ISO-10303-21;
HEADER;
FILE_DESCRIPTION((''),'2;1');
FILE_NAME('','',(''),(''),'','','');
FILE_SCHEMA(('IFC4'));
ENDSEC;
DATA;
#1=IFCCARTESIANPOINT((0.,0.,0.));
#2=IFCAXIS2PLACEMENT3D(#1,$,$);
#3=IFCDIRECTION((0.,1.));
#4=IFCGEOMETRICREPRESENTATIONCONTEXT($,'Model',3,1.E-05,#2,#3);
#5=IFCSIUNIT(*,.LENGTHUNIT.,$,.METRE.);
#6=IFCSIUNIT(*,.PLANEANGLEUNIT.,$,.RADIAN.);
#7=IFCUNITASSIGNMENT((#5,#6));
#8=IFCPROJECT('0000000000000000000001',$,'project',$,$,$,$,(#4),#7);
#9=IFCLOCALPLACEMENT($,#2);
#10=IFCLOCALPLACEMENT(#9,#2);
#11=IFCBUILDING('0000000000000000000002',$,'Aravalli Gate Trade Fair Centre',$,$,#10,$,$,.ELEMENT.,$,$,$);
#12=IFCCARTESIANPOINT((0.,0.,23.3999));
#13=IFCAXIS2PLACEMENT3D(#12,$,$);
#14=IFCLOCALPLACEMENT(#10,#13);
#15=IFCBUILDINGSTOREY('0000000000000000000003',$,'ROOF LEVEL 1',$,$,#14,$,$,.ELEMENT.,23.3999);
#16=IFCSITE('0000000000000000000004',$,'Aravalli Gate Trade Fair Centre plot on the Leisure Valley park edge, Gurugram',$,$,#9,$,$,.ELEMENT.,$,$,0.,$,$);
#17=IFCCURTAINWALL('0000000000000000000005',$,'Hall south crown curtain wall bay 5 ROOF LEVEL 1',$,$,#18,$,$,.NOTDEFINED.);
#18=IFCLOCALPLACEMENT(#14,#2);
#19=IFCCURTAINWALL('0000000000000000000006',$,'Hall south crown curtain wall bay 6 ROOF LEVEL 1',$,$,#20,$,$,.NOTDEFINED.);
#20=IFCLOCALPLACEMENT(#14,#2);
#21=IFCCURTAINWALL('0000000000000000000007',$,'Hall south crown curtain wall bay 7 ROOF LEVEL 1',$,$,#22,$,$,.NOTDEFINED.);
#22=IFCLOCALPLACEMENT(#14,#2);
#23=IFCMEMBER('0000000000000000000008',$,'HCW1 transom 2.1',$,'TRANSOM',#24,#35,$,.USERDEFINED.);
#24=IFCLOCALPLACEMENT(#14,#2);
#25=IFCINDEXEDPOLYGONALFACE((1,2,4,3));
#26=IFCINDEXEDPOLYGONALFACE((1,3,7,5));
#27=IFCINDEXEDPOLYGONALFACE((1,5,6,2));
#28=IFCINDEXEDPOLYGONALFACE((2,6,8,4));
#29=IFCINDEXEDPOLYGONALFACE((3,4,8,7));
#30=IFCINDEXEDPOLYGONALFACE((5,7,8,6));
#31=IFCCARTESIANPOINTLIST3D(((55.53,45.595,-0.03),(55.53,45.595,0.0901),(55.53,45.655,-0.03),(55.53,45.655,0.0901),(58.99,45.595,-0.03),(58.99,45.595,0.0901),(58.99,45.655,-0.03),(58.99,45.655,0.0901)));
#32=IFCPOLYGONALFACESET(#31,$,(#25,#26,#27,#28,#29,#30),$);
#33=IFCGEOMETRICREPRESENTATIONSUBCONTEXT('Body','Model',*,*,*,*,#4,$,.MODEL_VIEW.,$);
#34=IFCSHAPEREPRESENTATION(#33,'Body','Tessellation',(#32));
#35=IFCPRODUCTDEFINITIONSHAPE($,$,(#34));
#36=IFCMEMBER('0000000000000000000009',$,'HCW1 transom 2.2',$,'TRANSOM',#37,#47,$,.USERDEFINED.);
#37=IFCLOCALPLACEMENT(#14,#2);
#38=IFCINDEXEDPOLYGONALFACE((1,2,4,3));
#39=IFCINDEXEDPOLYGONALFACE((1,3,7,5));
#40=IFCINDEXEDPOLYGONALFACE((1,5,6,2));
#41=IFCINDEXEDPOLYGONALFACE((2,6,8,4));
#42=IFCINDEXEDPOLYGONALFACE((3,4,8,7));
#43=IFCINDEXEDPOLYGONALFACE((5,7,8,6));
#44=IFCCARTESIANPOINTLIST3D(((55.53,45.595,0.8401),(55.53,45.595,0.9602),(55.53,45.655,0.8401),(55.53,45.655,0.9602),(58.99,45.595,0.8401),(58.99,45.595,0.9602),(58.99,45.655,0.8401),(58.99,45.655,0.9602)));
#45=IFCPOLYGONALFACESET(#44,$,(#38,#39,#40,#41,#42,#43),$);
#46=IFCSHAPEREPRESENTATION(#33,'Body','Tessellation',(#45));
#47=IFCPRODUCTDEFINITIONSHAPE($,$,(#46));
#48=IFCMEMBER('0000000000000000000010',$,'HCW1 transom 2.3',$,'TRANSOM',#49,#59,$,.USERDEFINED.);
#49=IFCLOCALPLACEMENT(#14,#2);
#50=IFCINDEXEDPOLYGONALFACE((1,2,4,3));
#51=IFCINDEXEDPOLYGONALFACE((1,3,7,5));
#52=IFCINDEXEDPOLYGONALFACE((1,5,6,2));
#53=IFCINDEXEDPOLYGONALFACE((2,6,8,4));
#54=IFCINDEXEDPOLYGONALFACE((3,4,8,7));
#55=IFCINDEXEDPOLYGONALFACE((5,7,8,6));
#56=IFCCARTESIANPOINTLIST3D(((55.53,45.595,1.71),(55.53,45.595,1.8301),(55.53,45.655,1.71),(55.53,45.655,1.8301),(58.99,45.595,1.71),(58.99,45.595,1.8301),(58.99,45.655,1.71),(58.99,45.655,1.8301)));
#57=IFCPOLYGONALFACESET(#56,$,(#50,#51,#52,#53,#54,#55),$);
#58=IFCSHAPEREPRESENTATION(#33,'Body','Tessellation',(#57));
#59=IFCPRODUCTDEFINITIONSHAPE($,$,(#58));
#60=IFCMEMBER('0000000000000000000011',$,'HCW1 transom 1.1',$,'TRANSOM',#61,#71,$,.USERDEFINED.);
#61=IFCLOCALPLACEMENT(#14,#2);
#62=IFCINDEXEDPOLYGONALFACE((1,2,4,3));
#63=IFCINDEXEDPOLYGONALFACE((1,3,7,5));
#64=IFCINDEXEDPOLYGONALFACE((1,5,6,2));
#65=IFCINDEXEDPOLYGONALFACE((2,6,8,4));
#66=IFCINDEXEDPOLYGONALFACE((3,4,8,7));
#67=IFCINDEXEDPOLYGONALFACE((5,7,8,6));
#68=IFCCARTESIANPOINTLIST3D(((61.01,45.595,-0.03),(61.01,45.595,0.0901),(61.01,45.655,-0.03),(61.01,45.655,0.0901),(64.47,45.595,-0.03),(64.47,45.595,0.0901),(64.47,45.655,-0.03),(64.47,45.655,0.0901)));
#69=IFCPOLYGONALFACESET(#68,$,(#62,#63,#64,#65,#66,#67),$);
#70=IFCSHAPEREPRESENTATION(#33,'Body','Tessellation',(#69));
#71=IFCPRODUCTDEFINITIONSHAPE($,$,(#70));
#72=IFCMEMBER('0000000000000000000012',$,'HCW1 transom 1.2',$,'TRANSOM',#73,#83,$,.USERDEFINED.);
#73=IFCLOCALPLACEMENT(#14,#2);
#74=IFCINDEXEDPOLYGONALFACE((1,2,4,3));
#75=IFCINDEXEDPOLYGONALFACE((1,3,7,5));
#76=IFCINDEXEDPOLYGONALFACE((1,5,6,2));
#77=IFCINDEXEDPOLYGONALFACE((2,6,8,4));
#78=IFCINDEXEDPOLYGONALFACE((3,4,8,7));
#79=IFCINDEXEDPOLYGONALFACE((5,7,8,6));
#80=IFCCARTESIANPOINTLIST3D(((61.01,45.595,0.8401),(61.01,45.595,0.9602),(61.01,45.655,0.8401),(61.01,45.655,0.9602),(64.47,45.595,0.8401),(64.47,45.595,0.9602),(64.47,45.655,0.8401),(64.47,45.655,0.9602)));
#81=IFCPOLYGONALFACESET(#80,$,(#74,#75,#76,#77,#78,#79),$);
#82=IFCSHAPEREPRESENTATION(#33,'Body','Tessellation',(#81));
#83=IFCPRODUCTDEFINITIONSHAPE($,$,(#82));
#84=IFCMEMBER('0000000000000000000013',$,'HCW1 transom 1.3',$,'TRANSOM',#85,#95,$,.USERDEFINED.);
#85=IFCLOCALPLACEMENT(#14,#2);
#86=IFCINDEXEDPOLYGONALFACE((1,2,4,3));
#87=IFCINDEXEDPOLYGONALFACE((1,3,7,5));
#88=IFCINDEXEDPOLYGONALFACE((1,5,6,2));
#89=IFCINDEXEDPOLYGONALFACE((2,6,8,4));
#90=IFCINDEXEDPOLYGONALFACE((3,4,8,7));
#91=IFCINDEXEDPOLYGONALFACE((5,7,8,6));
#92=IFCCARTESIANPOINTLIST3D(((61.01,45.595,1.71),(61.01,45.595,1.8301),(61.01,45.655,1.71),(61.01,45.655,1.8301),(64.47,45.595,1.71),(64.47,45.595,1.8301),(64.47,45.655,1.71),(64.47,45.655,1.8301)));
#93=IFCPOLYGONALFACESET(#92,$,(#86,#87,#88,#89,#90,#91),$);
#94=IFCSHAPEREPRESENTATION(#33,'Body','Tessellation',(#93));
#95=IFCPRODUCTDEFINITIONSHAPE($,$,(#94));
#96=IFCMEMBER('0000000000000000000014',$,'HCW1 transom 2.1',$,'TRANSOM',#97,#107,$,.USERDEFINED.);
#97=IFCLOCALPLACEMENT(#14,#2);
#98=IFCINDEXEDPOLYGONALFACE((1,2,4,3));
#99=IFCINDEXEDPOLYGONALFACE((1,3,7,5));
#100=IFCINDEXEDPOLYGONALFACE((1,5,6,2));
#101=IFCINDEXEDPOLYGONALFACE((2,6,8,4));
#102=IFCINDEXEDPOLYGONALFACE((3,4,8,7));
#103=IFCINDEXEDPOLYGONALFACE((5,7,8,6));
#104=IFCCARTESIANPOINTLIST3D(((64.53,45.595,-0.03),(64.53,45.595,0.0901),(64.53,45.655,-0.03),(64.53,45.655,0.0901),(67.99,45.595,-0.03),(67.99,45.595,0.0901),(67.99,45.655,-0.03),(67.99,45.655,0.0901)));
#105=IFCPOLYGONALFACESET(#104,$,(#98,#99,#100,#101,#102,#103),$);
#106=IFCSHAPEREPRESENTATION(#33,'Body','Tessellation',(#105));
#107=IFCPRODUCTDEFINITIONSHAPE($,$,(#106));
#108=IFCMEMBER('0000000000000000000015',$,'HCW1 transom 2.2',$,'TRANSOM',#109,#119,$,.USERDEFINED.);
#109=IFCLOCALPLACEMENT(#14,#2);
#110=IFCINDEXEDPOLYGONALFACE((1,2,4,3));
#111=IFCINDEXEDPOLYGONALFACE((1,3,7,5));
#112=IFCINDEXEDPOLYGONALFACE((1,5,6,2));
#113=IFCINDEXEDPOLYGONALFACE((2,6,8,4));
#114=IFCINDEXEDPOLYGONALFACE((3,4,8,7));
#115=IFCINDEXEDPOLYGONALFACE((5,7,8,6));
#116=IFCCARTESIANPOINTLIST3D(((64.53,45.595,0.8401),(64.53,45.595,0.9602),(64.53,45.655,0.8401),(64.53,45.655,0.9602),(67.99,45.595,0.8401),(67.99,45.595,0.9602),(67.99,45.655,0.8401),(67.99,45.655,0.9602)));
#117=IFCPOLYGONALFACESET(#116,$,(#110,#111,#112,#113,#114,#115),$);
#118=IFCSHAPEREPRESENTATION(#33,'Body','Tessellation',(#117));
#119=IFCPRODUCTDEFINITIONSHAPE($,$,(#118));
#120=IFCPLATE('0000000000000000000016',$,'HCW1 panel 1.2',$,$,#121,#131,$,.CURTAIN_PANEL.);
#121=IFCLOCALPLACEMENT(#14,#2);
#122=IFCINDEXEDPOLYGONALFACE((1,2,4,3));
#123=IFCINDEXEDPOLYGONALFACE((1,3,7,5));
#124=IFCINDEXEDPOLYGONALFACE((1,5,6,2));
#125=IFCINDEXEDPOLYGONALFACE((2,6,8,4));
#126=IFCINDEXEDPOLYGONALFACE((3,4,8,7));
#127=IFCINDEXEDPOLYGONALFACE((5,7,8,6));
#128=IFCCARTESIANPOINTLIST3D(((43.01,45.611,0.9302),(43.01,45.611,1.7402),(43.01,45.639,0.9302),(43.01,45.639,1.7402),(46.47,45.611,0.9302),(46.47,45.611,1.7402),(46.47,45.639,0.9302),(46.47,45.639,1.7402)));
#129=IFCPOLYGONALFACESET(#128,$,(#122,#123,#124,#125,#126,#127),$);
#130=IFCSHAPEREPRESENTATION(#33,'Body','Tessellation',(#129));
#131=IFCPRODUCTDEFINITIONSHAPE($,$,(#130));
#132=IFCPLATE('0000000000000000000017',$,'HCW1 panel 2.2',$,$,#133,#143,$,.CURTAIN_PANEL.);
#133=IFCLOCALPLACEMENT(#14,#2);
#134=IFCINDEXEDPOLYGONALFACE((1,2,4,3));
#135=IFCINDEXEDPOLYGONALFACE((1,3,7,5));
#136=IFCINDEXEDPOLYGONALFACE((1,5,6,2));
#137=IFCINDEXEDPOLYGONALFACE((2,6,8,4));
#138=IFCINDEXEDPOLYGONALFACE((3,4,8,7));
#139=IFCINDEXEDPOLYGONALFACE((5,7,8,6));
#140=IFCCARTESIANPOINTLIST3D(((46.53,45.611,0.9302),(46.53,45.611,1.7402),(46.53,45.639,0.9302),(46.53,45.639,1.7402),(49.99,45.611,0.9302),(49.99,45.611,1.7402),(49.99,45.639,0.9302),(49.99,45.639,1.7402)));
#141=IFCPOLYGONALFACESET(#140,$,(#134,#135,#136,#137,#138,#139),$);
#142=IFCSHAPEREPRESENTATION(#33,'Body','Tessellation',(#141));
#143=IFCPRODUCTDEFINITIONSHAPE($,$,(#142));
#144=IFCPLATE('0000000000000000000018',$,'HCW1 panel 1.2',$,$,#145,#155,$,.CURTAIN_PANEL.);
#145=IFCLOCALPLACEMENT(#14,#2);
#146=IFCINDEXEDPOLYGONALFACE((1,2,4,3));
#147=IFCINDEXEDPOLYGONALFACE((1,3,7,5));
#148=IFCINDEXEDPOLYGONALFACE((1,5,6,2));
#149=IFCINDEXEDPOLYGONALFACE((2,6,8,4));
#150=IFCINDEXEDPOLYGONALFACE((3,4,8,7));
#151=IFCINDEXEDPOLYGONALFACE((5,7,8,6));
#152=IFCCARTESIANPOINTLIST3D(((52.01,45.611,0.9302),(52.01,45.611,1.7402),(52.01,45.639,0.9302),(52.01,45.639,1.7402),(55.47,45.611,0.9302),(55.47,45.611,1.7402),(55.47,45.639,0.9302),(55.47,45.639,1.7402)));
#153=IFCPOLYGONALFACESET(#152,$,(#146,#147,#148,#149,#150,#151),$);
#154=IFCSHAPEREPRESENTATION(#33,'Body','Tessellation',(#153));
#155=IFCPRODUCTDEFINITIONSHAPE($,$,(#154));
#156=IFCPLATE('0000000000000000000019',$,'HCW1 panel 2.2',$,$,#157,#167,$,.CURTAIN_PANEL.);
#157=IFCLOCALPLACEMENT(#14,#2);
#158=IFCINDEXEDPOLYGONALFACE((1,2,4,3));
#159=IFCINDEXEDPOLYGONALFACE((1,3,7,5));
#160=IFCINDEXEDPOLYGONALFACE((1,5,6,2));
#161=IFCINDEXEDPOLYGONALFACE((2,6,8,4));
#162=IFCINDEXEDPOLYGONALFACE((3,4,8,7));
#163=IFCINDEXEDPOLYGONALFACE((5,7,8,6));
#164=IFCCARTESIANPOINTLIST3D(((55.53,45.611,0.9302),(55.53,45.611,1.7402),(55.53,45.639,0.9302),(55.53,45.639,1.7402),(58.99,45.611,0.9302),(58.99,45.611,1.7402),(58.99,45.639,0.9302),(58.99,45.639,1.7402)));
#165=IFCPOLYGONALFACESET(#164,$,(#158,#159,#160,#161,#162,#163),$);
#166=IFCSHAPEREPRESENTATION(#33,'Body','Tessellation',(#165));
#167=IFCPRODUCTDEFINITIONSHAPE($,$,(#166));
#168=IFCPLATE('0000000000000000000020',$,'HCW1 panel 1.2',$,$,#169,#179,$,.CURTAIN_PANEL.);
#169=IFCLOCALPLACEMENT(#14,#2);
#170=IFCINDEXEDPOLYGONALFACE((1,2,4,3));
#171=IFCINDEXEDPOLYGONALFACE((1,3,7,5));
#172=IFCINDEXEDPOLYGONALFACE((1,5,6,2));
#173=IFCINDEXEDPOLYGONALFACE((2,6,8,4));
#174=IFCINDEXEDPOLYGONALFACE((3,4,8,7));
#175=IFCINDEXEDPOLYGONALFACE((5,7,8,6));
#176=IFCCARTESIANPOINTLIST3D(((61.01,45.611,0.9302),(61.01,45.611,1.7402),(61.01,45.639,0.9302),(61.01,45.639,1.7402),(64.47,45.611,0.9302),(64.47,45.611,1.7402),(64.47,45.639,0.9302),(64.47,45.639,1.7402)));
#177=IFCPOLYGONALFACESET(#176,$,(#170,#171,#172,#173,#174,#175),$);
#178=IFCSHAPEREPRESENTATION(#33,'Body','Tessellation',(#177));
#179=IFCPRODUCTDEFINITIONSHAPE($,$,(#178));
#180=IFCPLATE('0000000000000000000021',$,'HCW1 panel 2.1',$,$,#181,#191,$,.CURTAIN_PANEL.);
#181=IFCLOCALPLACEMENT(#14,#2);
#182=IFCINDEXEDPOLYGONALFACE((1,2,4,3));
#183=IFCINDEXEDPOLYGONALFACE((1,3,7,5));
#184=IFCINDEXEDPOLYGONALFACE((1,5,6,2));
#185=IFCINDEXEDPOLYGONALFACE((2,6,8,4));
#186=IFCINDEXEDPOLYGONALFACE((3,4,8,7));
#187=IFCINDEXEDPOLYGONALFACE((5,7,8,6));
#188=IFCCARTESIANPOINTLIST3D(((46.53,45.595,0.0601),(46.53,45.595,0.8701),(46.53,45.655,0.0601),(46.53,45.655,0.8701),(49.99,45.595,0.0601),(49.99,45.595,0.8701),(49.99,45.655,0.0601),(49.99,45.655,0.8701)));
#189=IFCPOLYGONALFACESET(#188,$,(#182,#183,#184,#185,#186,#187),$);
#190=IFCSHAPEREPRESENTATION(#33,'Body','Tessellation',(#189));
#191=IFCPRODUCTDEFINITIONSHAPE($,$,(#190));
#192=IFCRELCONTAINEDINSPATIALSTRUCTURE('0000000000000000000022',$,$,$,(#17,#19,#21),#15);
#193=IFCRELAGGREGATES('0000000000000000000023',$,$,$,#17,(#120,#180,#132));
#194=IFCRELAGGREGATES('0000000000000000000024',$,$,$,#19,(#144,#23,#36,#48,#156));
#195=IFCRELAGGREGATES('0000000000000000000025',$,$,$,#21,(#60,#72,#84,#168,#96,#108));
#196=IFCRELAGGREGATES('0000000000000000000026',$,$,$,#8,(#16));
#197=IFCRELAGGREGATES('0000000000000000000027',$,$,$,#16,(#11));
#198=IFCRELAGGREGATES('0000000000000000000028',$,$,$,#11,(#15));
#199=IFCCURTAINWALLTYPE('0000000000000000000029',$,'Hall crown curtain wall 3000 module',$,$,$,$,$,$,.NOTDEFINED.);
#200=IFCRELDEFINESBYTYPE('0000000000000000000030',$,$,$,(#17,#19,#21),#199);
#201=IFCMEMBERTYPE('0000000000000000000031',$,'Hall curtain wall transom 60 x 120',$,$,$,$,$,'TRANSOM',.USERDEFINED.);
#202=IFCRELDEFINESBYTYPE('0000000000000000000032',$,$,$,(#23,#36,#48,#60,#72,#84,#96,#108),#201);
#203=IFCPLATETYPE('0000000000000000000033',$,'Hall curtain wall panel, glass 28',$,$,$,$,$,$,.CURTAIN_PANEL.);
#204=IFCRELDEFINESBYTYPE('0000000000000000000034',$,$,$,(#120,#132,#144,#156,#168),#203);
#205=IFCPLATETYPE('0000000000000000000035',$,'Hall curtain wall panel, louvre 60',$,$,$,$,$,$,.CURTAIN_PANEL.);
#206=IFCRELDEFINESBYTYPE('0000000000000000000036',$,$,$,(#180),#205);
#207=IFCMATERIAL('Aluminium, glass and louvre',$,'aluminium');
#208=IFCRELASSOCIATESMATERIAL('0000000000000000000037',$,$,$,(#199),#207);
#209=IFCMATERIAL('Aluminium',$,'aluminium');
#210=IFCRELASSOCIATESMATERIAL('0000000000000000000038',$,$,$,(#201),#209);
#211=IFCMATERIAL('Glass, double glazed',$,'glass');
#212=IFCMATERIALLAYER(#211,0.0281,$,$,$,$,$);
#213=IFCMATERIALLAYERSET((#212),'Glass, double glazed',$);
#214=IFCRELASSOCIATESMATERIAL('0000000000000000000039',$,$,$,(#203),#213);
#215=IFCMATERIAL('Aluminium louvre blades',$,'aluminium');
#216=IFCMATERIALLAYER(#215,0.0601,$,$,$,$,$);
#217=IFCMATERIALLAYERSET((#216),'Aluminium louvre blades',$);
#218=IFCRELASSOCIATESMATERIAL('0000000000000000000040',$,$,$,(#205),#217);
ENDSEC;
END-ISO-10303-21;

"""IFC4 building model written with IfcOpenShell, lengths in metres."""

from ifc_helpers import new_model, si_unit, direction, frame, origin, origin_2d, place, context, subcontext, project, spatial, rectangle, extrude, material, layer, layer_set, material_profile, profile_set, type_object, element, aggregate, save


model = new_model("IFC4")

# Units and contexts
model_context = context("Model", 3, precision=1e-05, world=origin(), true_north=direction((0.0, 1.0)))
body_context = subcontext(model_context, "Body", "Model", "MODEL_VIEW")
ifc_project = project(units=[si_unit("LENGTHUNIT", "METRE"), si_unit("PLANEANGLEUNIT", "RADIAN")], contexts=[model_context])

# Site, building, storey
site_placement = place(None, origin())
site = spatial("IfcSite", under=ifc_project, at=site_placement, Name="Aravalli Gate Trade Fair Centre plot on the Leisure Valley park edge, Gurugram", CompositionType="ELEMENT", RefElevation=0.0)
building_placement = place(site_placement, origin())
building = spatial("IfcBuilding", under=site, at=building_placement, Name="Aravalli Gate Trade Fair Centre", CompositionType="ELEMENT")
storey_placement = place(building_placement, frame((0.0, 0.0, 23.3999)))
storey = spatial("IfcBuildingStorey", under=building, at=storey_placement, Name="ROOF LEVEL 1", CompositionType="ELEMENT", Elevation=23.3999)

# Curtain walls
ifc_material_1 = material(Name="Aluminium, glass and louvre", Category="aluminium")
curtain_wall_type = type_object("IfcCurtainWallType", Name="Hall crown curtain wall 3000 module", PredefinedType="NOTDEFINED", material=ifc_material_1)
curtain_wall_1_placement = place(storey_placement, origin())
curtain_wall_1 = element("IfcCurtainWall", 1, at=curtain_wall_1_placement, inside=storey, type_object=curtain_wall_type, Name="Hall south crown curtain wall bay 5 ROOF LEVEL 1", PredefinedType="NOTDEFINED")
ifc_material_2 = material(Name="Aluminium", Category="aluminium")
curtain_wall_2_placement = place(storey_placement, origin())
curtain_wall_2 = element("IfcCurtainWall", 2, at=curtain_wall_2_placement, inside=storey, type_object=curtain_wall_type, Name="Hall south crown curtain wall bay 6 ROOF LEVEL 1", PredefinedType="NOTDEFINED")
curtain_wall_3_placement = place(storey_placement, origin())
curtain_wall_3 = element("IfcCurtainWall", 3, at=curtain_wall_3_placement, inside=storey, type_object=curtain_wall_type, Name="Hall south crown curtain wall bay 7 ROOF LEVEL 1", PredefinedType="NOTDEFINED")

# Members
ifc_material_profile_1 = material_profile(ifc_material_2, rectangle(XDim=0.0601, YDim=0.1201, at=origin_2d()), Name="Hall curtain wall transom 60 x 120")
ifc_profile_set_1 = profile_set([ifc_material_profile_1], Name="Aluminium")
member_type_1 = type_object("IfcMemberType", Name="Hall curtain wall transom 60 x 120", ElementType="TRANSOM", PredefinedType="USERDEFINED", material=ifc_profile_set_1)
member_1_placement = place(storey_placement, frame((55.53, 45.625, 0.03), z_axis=(1.0, 0.0, 0.0), x_axis=(0.0, 1.0, 0.0)))
member_1 = element("IfcMember", 4, at=member_1_placement, type_object=member_type_1, Name="HCW1 transom 2.1", ObjectType="TRANSOM", PredefinedType="USERDEFINED", context=body_context, shape_type="SweptSolid", body=[
    extrude(rectangle(XDim=0.0601, YDim=0.1201, at=origin_2d()), origin(), (0.0, 0.0, 1.0), 3.46),
])
member_2_placement = place(storey_placement, frame((55.53, 45.625, 0.9001), z_axis=(1.0, 0.0, 0.0), x_axis=(0.0, 1.0, 0.0)))
member_2 = element("IfcMember", 5, at=member_2_placement, type_object=member_type_1, Name="HCW1 transom 2.2", ObjectType="TRANSOM", PredefinedType="USERDEFINED", context=body_context, shape_type="SweptSolid", body=[
    extrude(rectangle(XDim=0.0601, YDim=0.1201, at=origin_2d()), origin(), (0.0, 0.0, 1.0), 3.46),
])
member_3_placement = place(storey_placement, frame((55.53, 45.625, 1.77), z_axis=(1.0, 0.0, 0.0), x_axis=(0.0, 1.0, 0.0)))
member_3 = element("IfcMember", 6, at=member_3_placement, type_object=member_type_1, Name="HCW1 transom 2.3", ObjectType="TRANSOM", PredefinedType="USERDEFINED", context=body_context, shape_type="SweptSolid", body=[
    extrude(rectangle(XDim=0.0601, YDim=0.1201, at=origin_2d()), origin(), (0.0, 0.0, 1.0), 3.46),
])
member_4_placement = place(storey_placement, frame((61.01, 45.625, 0.03), z_axis=(1.0, 0.0, 0.0), x_axis=(0.0, 1.0, 0.0)))
member_4 = element("IfcMember", 7, at=member_4_placement, type_object=member_type_1, Name="HCW1 transom 1.1", ObjectType="TRANSOM", PredefinedType="USERDEFINED", context=body_context, shape_type="SweptSolid", body=[
    extrude(rectangle(XDim=0.0601, YDim=0.1201, at=origin_2d()), origin(), (0.0, 0.0, 1.0), 3.46),
])
member_5_placement = place(storey_placement, frame((61.01, 45.625, 0.9001), z_axis=(1.0, 0.0, 0.0), x_axis=(0.0, 1.0, 0.0)))
member_5 = element("IfcMember", 8, at=member_5_placement, type_object=member_type_1, Name="HCW1 transom 1.2", ObjectType="TRANSOM", PredefinedType="USERDEFINED", context=body_context, shape_type="SweptSolid", body=[
    extrude(rectangle(XDim=0.0601, YDim=0.1201, at=origin_2d()), origin(), (0.0, 0.0, 1.0), 3.46),
])
member_6_placement = place(storey_placement, frame((61.01, 45.625, 1.77), z_axis=(1.0, 0.0, 0.0), x_axis=(0.0, 1.0, 0.0)))
member_6 = element("IfcMember", 9, at=member_6_placement, type_object=member_type_1, Name="HCW1 transom 1.3", ObjectType="TRANSOM", PredefinedType="USERDEFINED", context=body_context, shape_type="SweptSolid", body=[
    extrude(rectangle(XDim=0.0601, YDim=0.1201, at=origin_2d()), origin(), (0.0, 0.0, 1.0), 3.46),
])
member_7_placement = place(storey_placement, frame((64.53, 45.625, 0.03), z_axis=(1.0, 0.0, 0.0), x_axis=(0.0, 1.0, 0.0)))
member_7 = element("IfcMember", 10, at=member_7_placement, type_object=member_type_1, Name="HCW1 transom 2.1", ObjectType="TRANSOM", PredefinedType="USERDEFINED", context=body_context, shape_type="SweptSolid", body=[
    extrude(rectangle(XDim=0.0601, YDim=0.1201, at=origin_2d()), origin(), (0.0, 0.0, 1.0), 3.46),
])
member_8_placement = place(storey_placement, frame((64.53, 45.625, 0.9001), z_axis=(1.0, 0.0, 0.0), x_axis=(0.0, 1.0, 0.0)))
member_8 = element("IfcMember", 11, at=member_8_placement, type_object=member_type_1, Name="HCW1 transom 2.2", ObjectType="TRANSOM", PredefinedType="USERDEFINED", context=body_context, shape_type="SweptSolid", body=[
    extrude(rectangle(XDim=0.0601, YDim=0.1201, at=origin_2d()), origin(), (0.0, 0.0, 1.0), 3.46),
])

# Plates
ifc_material_3 = material(Name="Glass, double glazed", Category="glass")
ifc_layer_1 = layer(ifc_material_3, 0.0281)
ifc_layer_set_1 = layer_set([ifc_layer_1], Name="Glass, double glazed")
plate_type_1 = type_object("IfcPlateType", Name="Hall curtain wall panel, glass 28", PredefinedType="CURTAIN_PANEL", material=ifc_layer_set_1)
plate_1_placement = place(storey_placement, frame((44.74, 45.625, 0.9302), z_axis=(0.0, 0.0, 1.0), x_axis=(1.0, 0.0, 0.0)))
plate_1 = element("IfcPlate", 12, at=plate_1_placement, type_object=plate_type_1, Name="HCW1 panel 1.2", PredefinedType="CURTAIN_PANEL", context=body_context, shape_type="SweptSolid", body=[
    extrude(rectangle(XDim=3.46, YDim=0.0281, at=origin_2d()), origin(), (0.0, 0.0, 1.0), 0.8101),
])
plate_2_placement = place(storey_placement, frame((48.26, 45.625, 0.9302), z_axis=(0.0, 0.0, 1.0), x_axis=(1.0, 0.0, 0.0)))
plate_2 = element("IfcPlate", 13, at=plate_2_placement, type_object=plate_type_1, Name="HCW1 panel 2.2", PredefinedType="CURTAIN_PANEL", context=body_context, shape_type="SweptSolid", body=[
    extrude(rectangle(XDim=3.46, YDim=0.0281, at=origin_2d()), origin(), (0.0, 0.0, 1.0), 0.8101),
])
plate_3_placement = place(storey_placement, frame((53.74, 45.625, 0.9302), z_axis=(0.0, 0.0, 1.0), x_axis=(1.0, 0.0, 0.0)))
plate_3 = element("IfcPlate", 14, at=plate_3_placement, type_object=plate_type_1, Name="HCW1 panel 1.2", PredefinedType="CURTAIN_PANEL", context=body_context, shape_type="SweptSolid", body=[
    extrude(rectangle(XDim=3.46, YDim=0.0281, at=origin_2d()), origin(), (0.0, 0.0, 1.0), 0.8101),
])
plate_4_placement = place(storey_placement, frame((57.26, 45.625, 0.9302), z_axis=(0.0, 0.0, 1.0), x_axis=(1.0, 0.0, 0.0)))
plate_4 = element("IfcPlate", 15, at=plate_4_placement, type_object=plate_type_1, Name="HCW1 panel 2.2", PredefinedType="CURTAIN_PANEL", context=body_context, shape_type="SweptSolid", body=[
    extrude(rectangle(XDim=3.46, YDim=0.0281, at=origin_2d()), origin(), (0.0, 0.0, 1.0), 0.8101),
])
plate_5_placement = place(storey_placement, frame((62.74, 45.625, 0.9302), z_axis=(0.0, 0.0, 1.0), x_axis=(1.0, 0.0, 0.0)))
plate_5 = element("IfcPlate", 16, at=plate_5_placement, type_object=plate_type_1, Name="HCW1 panel 1.2", PredefinedType="CURTAIN_PANEL", context=body_context, shape_type="SweptSolid", body=[
    extrude(rectangle(XDim=3.46, YDim=0.0281, at=origin_2d()), origin(), (0.0, 0.0, 1.0), 0.8101),
])
ifc_material_4 = material(Name="Aluminium louvre blades", Category="aluminium")
ifc_layer_2 = layer(ifc_material_4, 0.0601)
ifc_layer_set_2 = layer_set([ifc_layer_2], Name="Aluminium louvre blades")
plate_type_2 = type_object("IfcPlateType", Name="Hall curtain wall panel, louvre 60", PredefinedType="CURTAIN_PANEL", material=ifc_layer_set_2)
plate_6_placement = place(storey_placement, frame((48.26, 45.625, 0.0601), z_axis=(0.0, 0.0, 1.0), x_axis=(1.0, 0.0, 0.0)))
plate_6 = element("IfcPlate", 17, at=plate_6_placement, type_object=plate_type_2, Name="HCW1 panel 2.1", PredefinedType="CURTAIN_PANEL", context=body_context, shape_type="SweptSolid", body=[
    extrude(rectangle(XDim=3.46, YDim=0.0601, at=origin_2d()), origin(), (0.0, 0.0, 1.0), 0.8101),
])
aggregate(curtain_wall_1, [plate_1, plate_6, plate_2])
aggregate(curtain_wall_2, [plate_3, member_1, member_2, member_3, plate_4])
aggregate(curtain_wall_3, [member_4, member_5, member_6, plate_5, member_7, member_8])

save(model, "model.ifc")
